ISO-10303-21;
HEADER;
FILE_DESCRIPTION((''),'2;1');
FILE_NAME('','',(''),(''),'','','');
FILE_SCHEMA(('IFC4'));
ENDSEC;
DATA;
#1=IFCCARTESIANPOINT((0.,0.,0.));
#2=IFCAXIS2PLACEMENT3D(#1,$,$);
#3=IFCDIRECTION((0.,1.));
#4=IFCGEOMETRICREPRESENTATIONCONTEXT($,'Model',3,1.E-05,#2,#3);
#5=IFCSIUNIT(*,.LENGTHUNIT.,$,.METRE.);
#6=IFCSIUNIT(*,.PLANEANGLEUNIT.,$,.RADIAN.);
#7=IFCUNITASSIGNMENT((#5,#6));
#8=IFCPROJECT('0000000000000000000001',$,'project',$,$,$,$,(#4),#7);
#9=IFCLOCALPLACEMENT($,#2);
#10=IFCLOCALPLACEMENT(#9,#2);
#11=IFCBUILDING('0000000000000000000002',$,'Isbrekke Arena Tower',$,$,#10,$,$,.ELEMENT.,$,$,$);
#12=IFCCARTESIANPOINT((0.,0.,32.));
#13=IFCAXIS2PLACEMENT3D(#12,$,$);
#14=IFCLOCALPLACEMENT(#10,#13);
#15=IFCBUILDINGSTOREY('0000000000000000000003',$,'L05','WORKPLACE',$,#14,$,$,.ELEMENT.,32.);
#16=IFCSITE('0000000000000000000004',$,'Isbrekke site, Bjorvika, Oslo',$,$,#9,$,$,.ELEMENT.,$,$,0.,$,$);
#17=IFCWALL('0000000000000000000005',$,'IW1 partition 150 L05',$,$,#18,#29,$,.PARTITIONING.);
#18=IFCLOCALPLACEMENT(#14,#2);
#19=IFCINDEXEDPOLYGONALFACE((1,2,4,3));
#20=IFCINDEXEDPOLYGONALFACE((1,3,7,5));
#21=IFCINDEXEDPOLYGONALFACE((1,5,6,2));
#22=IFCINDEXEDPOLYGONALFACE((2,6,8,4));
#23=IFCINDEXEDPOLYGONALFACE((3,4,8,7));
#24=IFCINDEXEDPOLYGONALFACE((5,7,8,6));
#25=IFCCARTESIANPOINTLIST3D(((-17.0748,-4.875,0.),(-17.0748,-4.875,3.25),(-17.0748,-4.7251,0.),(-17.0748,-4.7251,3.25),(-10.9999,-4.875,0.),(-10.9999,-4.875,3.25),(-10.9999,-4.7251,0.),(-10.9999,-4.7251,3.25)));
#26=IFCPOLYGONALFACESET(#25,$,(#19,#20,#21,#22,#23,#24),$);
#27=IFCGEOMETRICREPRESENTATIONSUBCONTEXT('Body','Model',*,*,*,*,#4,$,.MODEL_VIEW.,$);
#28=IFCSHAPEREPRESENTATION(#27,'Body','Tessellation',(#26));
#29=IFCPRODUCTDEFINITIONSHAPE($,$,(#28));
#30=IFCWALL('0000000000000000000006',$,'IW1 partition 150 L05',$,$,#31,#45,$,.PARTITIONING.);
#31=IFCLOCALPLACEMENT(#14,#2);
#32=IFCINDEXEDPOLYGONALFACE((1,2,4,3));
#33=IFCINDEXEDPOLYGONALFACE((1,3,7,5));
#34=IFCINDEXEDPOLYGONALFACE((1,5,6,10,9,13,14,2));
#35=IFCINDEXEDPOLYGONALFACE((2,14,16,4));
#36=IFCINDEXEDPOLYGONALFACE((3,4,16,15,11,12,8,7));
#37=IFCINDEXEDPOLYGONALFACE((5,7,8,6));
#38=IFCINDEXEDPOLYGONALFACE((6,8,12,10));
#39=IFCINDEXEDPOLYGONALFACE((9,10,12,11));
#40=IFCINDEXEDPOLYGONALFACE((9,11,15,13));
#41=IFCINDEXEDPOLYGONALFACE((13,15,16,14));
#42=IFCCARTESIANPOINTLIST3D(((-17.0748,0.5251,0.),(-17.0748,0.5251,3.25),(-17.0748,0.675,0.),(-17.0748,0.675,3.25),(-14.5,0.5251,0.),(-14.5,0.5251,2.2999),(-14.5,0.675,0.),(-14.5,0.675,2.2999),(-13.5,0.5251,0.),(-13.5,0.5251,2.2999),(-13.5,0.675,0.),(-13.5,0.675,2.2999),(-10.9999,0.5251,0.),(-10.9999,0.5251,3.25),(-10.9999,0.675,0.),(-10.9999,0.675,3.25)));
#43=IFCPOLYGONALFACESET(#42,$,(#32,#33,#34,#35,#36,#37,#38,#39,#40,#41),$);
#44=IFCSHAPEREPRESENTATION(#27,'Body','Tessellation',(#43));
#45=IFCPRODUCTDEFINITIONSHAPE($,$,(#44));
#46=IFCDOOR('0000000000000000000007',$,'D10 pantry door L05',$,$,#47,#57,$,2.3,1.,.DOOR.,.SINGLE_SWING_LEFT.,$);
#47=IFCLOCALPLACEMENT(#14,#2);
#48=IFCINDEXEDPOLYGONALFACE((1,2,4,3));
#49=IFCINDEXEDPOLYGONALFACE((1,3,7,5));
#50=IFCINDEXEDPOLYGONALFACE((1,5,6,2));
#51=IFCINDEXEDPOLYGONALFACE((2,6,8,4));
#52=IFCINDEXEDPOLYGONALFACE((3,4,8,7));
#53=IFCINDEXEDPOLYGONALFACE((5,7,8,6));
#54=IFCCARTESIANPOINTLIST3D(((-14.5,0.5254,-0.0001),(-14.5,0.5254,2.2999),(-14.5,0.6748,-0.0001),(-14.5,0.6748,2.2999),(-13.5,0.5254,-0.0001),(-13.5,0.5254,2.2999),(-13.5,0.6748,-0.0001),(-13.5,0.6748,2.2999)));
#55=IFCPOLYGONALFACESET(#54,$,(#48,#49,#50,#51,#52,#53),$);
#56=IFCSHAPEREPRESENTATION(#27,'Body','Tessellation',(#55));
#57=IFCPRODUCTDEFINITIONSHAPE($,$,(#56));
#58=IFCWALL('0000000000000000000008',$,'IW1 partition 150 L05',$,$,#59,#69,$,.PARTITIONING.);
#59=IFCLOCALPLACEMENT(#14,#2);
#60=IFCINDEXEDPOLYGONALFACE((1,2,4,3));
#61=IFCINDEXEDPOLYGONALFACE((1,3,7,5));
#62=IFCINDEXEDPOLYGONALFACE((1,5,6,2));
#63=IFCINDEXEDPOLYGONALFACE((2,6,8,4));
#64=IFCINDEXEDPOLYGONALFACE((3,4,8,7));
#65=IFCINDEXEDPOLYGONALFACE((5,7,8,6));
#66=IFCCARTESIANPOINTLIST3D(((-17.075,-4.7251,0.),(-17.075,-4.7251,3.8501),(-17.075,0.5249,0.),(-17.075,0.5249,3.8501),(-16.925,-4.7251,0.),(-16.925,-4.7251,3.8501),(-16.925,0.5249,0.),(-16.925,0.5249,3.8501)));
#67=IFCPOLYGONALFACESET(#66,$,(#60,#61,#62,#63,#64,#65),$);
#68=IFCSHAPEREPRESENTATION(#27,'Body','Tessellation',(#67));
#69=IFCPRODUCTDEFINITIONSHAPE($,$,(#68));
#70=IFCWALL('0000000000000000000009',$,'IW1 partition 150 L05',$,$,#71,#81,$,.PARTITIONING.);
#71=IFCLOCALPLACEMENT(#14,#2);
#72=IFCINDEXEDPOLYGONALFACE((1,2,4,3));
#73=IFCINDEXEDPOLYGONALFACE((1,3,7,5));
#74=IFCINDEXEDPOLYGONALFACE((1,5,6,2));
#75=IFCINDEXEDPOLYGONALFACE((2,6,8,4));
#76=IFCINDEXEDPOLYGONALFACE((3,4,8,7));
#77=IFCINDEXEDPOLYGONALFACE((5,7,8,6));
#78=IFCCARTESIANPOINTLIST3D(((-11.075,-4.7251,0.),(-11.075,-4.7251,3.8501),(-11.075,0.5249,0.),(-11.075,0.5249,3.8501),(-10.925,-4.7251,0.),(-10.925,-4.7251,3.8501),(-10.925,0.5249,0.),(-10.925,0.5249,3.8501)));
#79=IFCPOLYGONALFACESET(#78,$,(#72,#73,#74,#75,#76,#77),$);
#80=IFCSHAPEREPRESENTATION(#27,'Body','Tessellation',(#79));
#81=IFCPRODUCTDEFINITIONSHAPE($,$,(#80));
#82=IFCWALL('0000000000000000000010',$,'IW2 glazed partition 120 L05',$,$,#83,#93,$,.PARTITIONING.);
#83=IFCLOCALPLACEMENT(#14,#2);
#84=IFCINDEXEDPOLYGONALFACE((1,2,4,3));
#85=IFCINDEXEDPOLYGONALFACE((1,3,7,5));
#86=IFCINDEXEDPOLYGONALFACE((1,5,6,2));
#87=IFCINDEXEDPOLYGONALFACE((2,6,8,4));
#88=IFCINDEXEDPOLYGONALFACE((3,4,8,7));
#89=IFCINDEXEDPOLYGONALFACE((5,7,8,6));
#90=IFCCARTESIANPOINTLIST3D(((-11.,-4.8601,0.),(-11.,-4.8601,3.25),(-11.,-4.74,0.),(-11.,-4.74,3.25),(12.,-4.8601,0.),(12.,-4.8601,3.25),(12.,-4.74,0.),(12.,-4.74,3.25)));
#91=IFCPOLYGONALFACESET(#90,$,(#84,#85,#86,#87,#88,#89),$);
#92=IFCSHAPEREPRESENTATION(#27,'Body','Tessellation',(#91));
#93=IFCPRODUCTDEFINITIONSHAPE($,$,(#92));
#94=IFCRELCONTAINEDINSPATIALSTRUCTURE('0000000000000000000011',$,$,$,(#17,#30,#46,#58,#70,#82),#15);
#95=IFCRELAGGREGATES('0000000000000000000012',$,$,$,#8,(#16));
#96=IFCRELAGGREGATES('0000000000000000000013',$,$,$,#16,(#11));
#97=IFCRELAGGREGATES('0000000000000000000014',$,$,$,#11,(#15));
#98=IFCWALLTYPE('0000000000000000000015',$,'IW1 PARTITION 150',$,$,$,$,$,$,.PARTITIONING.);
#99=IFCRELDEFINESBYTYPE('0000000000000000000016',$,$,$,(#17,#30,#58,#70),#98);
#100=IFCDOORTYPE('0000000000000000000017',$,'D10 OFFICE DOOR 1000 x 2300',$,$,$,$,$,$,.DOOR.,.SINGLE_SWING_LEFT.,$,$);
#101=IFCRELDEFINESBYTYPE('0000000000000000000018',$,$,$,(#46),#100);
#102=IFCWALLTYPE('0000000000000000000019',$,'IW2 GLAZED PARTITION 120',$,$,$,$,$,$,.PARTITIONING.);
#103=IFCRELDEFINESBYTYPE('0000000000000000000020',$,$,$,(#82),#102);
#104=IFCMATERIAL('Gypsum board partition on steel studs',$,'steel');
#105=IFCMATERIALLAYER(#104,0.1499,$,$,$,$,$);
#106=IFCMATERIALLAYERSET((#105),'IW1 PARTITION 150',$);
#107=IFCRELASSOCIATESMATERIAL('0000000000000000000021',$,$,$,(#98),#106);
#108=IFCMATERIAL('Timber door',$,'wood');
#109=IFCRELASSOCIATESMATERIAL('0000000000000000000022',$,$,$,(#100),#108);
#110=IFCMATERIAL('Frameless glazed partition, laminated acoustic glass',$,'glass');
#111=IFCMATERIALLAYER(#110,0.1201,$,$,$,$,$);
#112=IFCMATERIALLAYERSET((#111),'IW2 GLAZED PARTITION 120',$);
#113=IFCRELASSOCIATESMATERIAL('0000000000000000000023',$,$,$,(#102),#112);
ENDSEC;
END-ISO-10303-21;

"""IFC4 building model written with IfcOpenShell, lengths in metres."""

from ifc_helpers import new_model, si_unit, direction, frame, frame_2d, origin, place, context, subcontext, project, spatial, rectangle, extrude, material, layer, layer_set, type_object, element, fill, save


model = new_model("IFC4")

# Units and contexts
model_context = context("Model", 3, precision=1e-05, world=origin(), true_north=direction((0.0, 1.0)))
body_context = subcontext(model_context, "Body", "Model", "MODEL_VIEW")
ifc_project = project(units=[si_unit("LENGTHUNIT", "METRE"), si_unit("PLANEANGLEUNIT", "RADIAN")], contexts=[model_context])

# Site, building, storey
site_placement = place(None, origin())
site = spatial("IfcSite", under=ifc_project, at=site_placement, Name="Isbrekke site, Bjorvika, Oslo", CompositionType="ELEMENT", RefElevation=0.0)
building_placement = place(site_placement, origin())
building = spatial("IfcBuilding", under=site, at=building_placement, Name="Isbrekke Arena Tower", CompositionType="ELEMENT")
storey_placement = place(building_placement, frame((0.0, 0.0, 32.0)))
storey = spatial("IfcBuildingStorey", under=building, at=storey_placement, Name="L05", Description="WORKPLACE", CompositionType="ELEMENT", Elevation=32.0)

# Wall
ifc_material_1 = material(Name="Gypsum board partition on steel studs", Category="steel")
ifc_layer_1 = layer(ifc_material_1, 0.1499)
ifc_layer_set_1 = layer_set([ifc_layer_1], Name="IW1 PARTITION 150")
wall_type_1 = type_object("IfcWallType", Name="IW1 PARTITION 150", PredefinedType="PARTITIONING", material=ifc_layer_set_1)
wall_1_placement = place(storey_placement, frame((-17.075, -4.8, 0.0), z_axis=(0.0, 0.0, 1.0), x_axis=(1.0, 0.0, 0.0)))
element("IfcWall", 1, at=wall_1_placement, inside=storey, type_object=wall_type_1, Name="IW1 partition 150 L05", PredefinedType="PARTITIONING", context=body_context, shape_type="SweptSolid", body=[
    extrude(rectangle(XDim=6.075, YDim=0.1499, at=frame_2d((3.0376, 0.0))), origin(), (0.0, 0.0, 1.0), 3.25),
])

# Wall, opening, door
wall_2_placement = place(storey_placement, frame((-17.075, 0.6001, 0.0), z_axis=(0.0, 0.0, 1.0), x_axis=(1.0, 0.0, 0.0)))
wall_2 = element("IfcWall", 2, at=wall_2_placement, inside=storey, type_object=wall_type_1, Name="IW1 partition 150 L05", PredefinedType="PARTITIONING", context=body_context, shape_type="SweptSolid", body=[
    extrude(rectangle(XDim=6.075, YDim=0.1499, at=frame_2d((3.0376, 0.0))), origin(), (0.0, 0.0, 1.0), 3.25),
])
opening_placement = place(wall_2_placement, frame((2.575, 0.0, 0.0)))
opening = element("IfcOpeningElement", 3, at=opening_placement, cuts=wall_2, PredefinedType="OPENING", context=body_context, shape_type="SweptSolid", body=[
    extrude(rectangle(XDim=1.0, YDim=2.3, at=frame_2d((0.5, 1.1499))), frame((0.0, 0.0898, 0.0), z_axis=(0.0, -1.0, 0.0), x_axis=(1.0, 0.0, 0.0)), (0.0, 0.0, 1.0), 0.1797),
])
ifc_material_2 = material(Name="Timber door", Category="wood")
door_type = type_object("IfcDoorType", Name="D10 OFFICE DOOR 1000 x 2300", OperationType="SINGLE_SWING_LEFT", PredefinedType="DOOR", material=ifc_material_2)
door_placement = place(opening_placement, origin())
door = element("IfcDoor", 4, at=door_placement, inside=storey, type_object=door_type, Name="D10 pantry door L05", OperationType="SINGLE_SWING_LEFT", OverallHeight=2.3, OverallWidth=1.0, PredefinedType="DOOR", context=body_context, shape_type="SweptSolid", body=[
    extrude(rectangle(XDim=1.0, YDim=2.3, at=frame_2d((0.5, 1.1499))), frame((0.0, 0.0747, 0.0), z_axis=(0.0, -1.0, 0.0), x_axis=(1.0, 0.0, 0.0)), (0.0, 0.0, 1.0), 0.1494),
])
fill(opening, door)

# Walls
for number, where, z_axis, x_axis, name in (
    (5, (-17.0, -4.7251, 0.0), (0.0, 0.0, 1.0), (0.0, 1.0, 0.0), "IW1 partition 150 L05"),
    (6, (-11.0, -4.7251, 0.0), (0.0, 0.0, 1.0), (0.0, 1.0, 0.0), "IW1 partition 150 L05"),
):
    element("IfcWall", number, at=place(storey_placement, frame(where, z_axis=z_axis, x_axis=x_axis)), inside=storey, type_object=wall_type_1, Name=name, PredefinedType="PARTITIONING", context=body_context, shape_type="SweptSolid", body=[
        extrude(rectangle(XDim=5.25, YDim=0.1499, at=frame_2d((2.625, 0.0))), origin(), (0.0, 0.0, 1.0), 3.8501),
    ])
ifc_material_3 = material(Name="Frameless glazed partition, laminated acoustic glass", Category="glass")
ifc_layer_2 = layer(ifc_material_3, 0.1201)
ifc_layer_set_2 = layer_set([ifc_layer_2], Name="IW2 GLAZED PARTITION 120")
wall_type_2 = type_object("IfcWallType", Name="IW2 GLAZED PARTITION 120", PredefinedType="PARTITIONING", material=ifc_layer_set_2)
wall_3_placement = place(storey_placement, frame((-11.0, -4.8, 0.0), z_axis=(0.0, 0.0, 1.0), x_axis=(1.0, 0.0, 0.0)))
element("IfcWall", 7, at=wall_3_placement, inside=storey, type_object=wall_type_2, Name="IW2 glazed partition 120 L05", PredefinedType="PARTITIONING", context=body_context, shape_type="SweptSolid", body=[
    extrude(rectangle(XDim=23.0, YDim=0.1201, at=frame_2d((11.5, 0.0))), origin(), (0.0, 0.0, 1.0), 3.25),
])

save(model, "model.ifc")
